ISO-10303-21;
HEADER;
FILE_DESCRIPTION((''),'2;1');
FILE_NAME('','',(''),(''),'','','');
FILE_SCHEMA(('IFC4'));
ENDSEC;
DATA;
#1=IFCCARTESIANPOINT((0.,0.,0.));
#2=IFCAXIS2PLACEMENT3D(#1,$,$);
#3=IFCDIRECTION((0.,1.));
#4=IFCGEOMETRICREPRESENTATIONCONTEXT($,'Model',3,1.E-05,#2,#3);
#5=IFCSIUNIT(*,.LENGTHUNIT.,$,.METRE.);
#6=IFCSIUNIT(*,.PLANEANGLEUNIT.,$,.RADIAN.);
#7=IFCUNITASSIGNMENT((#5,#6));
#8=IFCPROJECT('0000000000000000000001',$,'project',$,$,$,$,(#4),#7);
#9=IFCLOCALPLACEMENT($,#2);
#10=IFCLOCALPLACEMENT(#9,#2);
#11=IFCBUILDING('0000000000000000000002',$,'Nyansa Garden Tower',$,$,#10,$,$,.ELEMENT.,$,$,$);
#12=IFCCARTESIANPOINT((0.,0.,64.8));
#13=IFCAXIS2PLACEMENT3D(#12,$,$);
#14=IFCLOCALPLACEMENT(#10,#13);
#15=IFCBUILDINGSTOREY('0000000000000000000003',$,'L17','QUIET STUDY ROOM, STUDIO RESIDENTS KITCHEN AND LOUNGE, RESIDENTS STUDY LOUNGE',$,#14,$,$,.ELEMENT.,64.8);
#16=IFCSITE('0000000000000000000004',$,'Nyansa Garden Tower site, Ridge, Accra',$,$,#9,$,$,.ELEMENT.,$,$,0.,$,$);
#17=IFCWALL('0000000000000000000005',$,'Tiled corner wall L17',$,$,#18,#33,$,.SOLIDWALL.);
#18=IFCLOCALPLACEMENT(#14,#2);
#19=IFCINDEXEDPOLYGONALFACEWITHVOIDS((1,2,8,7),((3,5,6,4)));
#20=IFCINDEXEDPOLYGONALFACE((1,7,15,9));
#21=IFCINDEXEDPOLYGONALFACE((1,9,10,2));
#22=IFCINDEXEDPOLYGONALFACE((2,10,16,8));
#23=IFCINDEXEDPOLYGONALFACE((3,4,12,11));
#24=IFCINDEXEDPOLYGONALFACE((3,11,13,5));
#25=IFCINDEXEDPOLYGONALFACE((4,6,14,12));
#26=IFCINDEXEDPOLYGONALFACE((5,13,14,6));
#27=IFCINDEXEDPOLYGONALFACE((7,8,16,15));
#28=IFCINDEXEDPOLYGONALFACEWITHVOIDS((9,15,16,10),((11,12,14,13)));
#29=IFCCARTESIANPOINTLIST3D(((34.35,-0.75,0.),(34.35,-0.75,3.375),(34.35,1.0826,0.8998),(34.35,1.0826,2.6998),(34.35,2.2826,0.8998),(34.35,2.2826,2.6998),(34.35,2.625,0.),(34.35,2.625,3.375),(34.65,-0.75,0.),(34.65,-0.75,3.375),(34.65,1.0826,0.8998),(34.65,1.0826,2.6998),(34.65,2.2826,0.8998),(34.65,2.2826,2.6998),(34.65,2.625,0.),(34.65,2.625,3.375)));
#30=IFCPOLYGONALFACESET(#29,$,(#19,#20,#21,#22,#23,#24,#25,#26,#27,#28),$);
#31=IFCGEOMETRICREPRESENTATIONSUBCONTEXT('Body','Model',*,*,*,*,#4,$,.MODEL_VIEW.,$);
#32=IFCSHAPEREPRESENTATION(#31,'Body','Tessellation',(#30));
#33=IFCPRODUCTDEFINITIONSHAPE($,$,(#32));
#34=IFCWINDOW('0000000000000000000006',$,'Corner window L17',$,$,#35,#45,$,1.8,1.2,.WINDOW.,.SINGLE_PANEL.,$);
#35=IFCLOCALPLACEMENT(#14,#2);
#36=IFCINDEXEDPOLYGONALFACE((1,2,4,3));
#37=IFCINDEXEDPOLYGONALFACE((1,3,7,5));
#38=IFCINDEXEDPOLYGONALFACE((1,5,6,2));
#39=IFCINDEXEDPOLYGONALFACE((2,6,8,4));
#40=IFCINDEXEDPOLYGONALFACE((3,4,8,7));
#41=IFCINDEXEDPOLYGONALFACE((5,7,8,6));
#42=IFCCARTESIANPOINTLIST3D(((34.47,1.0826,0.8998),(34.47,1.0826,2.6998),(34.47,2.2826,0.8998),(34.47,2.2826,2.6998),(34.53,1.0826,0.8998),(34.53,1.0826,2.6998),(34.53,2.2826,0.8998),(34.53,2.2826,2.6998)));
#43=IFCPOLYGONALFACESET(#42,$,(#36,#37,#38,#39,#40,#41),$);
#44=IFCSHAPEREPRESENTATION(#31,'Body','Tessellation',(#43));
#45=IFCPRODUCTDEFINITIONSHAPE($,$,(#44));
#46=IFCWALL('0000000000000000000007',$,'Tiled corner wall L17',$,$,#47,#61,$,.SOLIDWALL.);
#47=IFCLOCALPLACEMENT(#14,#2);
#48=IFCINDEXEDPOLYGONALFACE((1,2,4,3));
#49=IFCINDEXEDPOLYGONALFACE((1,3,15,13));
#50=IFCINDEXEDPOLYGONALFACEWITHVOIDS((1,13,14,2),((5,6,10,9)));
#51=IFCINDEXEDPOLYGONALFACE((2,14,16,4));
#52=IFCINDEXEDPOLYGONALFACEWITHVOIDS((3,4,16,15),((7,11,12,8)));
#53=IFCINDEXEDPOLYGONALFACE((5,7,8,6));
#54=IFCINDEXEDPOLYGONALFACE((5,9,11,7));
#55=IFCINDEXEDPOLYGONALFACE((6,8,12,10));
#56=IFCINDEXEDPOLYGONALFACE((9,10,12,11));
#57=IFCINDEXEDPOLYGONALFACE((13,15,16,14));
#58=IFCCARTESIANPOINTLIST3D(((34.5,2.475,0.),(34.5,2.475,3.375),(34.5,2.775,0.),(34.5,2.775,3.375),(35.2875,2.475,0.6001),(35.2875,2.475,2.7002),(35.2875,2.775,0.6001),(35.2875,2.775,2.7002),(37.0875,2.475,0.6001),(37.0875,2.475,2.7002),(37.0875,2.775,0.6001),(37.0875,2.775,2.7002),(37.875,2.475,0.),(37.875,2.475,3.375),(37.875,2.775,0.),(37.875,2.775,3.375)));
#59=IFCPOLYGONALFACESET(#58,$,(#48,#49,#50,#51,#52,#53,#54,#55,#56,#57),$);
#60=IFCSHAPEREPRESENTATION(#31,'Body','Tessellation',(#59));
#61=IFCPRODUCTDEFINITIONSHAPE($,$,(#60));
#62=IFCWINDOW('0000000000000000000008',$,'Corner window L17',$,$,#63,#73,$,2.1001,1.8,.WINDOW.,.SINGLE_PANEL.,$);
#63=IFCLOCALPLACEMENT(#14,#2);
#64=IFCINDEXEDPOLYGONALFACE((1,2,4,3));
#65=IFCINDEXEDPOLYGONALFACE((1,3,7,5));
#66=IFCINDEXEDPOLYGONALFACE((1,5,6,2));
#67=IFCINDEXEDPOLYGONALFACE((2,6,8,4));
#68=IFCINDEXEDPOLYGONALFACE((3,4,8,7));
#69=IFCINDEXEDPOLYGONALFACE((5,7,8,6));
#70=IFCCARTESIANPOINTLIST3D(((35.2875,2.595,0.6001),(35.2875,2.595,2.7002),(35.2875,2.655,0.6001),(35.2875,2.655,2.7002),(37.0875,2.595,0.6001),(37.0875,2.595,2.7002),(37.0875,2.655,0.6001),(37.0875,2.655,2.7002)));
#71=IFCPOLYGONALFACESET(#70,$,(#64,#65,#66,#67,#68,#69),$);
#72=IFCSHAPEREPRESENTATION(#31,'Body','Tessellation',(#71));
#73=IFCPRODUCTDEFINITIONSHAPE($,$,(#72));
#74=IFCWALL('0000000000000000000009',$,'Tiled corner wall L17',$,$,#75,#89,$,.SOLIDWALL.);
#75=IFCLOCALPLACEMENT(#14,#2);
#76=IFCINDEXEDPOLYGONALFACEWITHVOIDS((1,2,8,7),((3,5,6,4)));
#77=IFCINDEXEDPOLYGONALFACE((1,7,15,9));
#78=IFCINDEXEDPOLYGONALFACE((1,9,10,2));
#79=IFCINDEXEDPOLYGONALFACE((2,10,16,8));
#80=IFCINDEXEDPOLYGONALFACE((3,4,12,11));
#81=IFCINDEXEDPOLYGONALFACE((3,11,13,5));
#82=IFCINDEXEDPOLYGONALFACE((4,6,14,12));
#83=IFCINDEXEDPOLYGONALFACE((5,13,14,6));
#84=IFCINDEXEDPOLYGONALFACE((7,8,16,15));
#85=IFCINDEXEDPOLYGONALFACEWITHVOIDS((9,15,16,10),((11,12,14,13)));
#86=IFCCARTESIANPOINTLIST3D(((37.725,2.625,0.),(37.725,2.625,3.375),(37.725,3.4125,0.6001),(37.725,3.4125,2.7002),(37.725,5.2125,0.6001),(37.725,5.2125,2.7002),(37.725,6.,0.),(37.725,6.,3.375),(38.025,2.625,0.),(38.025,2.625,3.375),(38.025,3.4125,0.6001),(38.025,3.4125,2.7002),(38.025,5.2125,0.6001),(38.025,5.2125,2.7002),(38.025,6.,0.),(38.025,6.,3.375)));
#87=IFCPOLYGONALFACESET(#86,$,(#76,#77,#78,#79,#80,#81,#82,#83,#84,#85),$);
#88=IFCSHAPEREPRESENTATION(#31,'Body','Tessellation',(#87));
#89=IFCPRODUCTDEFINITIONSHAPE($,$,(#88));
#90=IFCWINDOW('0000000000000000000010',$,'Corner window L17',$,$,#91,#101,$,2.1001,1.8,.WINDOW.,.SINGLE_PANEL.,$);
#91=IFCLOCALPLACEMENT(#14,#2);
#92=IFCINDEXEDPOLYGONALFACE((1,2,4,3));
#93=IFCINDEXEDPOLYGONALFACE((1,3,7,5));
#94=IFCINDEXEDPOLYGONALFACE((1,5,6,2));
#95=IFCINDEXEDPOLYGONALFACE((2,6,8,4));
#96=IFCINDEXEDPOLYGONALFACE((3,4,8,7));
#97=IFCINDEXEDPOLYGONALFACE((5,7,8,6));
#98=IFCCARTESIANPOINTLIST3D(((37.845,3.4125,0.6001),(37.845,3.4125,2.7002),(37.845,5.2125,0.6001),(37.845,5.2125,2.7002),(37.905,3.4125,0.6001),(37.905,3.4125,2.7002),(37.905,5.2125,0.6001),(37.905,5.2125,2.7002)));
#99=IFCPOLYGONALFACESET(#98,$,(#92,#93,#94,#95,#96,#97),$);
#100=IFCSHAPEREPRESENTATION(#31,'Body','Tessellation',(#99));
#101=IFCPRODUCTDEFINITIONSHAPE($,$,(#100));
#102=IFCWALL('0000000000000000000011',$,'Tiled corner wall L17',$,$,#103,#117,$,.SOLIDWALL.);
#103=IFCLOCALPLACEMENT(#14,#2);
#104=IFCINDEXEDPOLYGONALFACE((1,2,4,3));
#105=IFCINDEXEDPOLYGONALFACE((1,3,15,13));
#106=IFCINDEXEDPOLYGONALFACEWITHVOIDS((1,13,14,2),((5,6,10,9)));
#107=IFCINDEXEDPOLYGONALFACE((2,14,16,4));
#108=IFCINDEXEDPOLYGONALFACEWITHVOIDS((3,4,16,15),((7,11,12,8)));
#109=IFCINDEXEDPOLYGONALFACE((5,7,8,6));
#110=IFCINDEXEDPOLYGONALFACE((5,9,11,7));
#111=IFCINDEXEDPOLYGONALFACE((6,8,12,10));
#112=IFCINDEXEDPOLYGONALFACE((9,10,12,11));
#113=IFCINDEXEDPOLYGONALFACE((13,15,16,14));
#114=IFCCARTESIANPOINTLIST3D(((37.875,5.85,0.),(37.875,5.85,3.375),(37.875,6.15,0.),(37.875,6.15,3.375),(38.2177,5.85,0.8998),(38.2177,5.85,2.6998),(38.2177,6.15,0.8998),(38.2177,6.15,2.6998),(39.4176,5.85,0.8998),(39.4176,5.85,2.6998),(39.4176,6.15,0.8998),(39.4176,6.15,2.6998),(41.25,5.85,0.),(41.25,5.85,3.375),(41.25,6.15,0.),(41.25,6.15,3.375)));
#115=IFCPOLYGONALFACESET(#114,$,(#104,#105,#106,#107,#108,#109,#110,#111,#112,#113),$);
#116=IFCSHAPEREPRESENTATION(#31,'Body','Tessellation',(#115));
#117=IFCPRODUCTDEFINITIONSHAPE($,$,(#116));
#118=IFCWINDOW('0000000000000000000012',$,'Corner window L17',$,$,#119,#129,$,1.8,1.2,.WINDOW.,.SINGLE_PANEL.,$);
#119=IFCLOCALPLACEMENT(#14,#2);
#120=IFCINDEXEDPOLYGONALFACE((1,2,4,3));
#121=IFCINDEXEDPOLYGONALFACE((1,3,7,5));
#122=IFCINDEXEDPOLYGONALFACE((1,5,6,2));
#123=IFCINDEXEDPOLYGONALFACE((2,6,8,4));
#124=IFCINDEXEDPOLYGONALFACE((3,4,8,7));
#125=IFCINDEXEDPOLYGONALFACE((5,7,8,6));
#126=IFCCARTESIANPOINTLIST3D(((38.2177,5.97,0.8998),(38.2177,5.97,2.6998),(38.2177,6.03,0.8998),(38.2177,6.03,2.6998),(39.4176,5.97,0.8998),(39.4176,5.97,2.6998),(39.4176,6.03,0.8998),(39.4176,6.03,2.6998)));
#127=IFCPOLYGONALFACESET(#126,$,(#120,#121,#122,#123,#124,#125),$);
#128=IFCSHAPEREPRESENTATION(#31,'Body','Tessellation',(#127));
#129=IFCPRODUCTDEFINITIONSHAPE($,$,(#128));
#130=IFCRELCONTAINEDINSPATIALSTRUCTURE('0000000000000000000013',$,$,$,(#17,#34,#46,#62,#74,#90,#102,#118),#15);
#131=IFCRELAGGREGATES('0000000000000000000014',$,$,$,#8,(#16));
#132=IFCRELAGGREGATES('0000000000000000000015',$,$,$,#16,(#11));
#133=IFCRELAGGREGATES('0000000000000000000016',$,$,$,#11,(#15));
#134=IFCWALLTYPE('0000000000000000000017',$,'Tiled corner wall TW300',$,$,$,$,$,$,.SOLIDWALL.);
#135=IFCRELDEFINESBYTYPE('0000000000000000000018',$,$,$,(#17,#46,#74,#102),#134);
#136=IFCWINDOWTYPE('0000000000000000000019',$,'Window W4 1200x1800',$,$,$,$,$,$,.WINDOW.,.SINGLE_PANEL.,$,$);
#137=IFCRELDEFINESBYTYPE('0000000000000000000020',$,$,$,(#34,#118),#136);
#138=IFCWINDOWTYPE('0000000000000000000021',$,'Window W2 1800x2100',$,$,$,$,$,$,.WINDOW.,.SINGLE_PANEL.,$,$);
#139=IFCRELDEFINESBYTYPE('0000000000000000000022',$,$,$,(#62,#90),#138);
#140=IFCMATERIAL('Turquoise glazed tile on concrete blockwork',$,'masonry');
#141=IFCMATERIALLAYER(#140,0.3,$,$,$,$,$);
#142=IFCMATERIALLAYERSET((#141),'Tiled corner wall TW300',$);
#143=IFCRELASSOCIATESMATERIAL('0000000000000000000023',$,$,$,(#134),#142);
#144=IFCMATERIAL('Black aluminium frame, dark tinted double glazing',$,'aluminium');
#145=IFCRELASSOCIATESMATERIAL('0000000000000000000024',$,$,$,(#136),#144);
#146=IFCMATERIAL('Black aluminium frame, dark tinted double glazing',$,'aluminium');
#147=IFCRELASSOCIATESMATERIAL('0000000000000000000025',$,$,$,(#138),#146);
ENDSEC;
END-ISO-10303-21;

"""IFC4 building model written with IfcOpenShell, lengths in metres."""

from ifc_helpers import new_model, si_unit, direction, frame, frame_2d, origin, place, context, subcontext, project, spatial, rectangle, extrude, material, layer, layer_set, type_object, element, fill, save


model = new_model("IFC4")

# Units and contexts
model_context = context("Model", 3, precision=1e-05, world=origin(), true_north=direction((0.0, 1.0)))
body_context = subcontext(model_context, "Body", "Model", "MODEL_VIEW")
ifc_project = project(units=[si_unit("LENGTHUNIT", "METRE"), si_unit("PLANEANGLEUNIT", "RADIAN")], contexts=[model_context])

# Site, building, storey
site_placement = place(None, origin())
site = spatial("IfcSite", under=ifc_project, at=site_placement, Name="Nyansa Garden Tower site, Ridge, Accra", CompositionType="ELEMENT", RefElevation=0.0)
building_placement = place(site_placement, origin())
building = spatial("IfcBuilding", under=site, at=building_placement, Name="Nyansa Garden Tower", CompositionType="ELEMENT")
storey_placement = place(building_placement, frame((0.0, 0.0, 64.8)))
storey = spatial("IfcBuildingStorey", under=building, at=storey_placement, Name="L17", Description="QUIET STUDY ROOM, STUDIO RESIDENTS KITCHEN AND LOUNGE, RESIDENTS STUDY LOUNGE", CompositionType="ELEMENT", Elevation=64.8)

# Walls, openings, windows
ifc_material_1 = material(Name="Turquoise glazed tile on concrete blockwork", Category="masonry")
ifc_layer_1 = layer(ifc_material_1, 0.3)
ifc_layer_set_1 = layer_set([ifc_layer_1], Name="Tiled corner wall TW300")
wall_type_1 = type_object("IfcWallType", Name="Tiled corner wall TW300", PredefinedType="SOLIDWALL", material=ifc_layer_set_1)
wall_1_placement = place(storey_placement, frame((34.5, -0.75, 0.0), z_axis=(0.0, 0.0, 1.0), x_axis=(0.0, 1.0, 0.0)))
wall_1 = element("IfcWall", 1, at=wall_1_placement, inside=storey, type_object=wall_type_1, Name="Tiled corner wall L17", PredefinedType="SOLIDWALL", context=body_context, shape_type="SweptSolid", body=[
    extrude(rectangle(XDim=3.375, YDim=0.3, at=frame_2d((1.6875, 0.0))), origin(), (0.0, 0.0, 1.0), 3.375),
])
opening_1_placement = place(wall_1_placement, frame((1.8325, 0.0, 0.8999)))
opening_1 = element("IfcOpeningElement", 2, at=opening_1_placement, cuts=wall_1, PredefinedType="OPENING", context=body_context, shape_type="SweptSolid", body=[
    extrude(rectangle(XDim=1.2, YDim=1.8, at=frame_2d((0.6001, 0.8999))), frame((0.0, 0.1599, 0.0), z_axis=(0.0, -1.0, 0.0), x_axis=(1.0, 0.0, 0.0)), (0.0, 0.0, 1.0), 0.3201),
])
ifc_material_2 = material(Name="Black aluminium frame, dark tinted double glazing", Category="aluminium")
window_type_1 = type_object("IfcWindowType", Name="Window W4 1200x1800", PartitioningType="SINGLE_PANEL", PredefinedType="WINDOW", material=ifc_material_2)
window_1_placement = place(opening_1_placement, origin())
window_1 = element("IfcWindow", 3, at=window_1_placement, inside=storey, type_object=window_type_1, Name="Corner window L17", OverallHeight=1.8, OverallWidth=1.2, PartitioningType="SINGLE_PANEL", PredefinedType="WINDOW", context=body_context, shape_type="SweptSolid", body=[
    extrude(rectangle(XDim=1.2, YDim=1.8, at=frame_2d((0.6001, 0.8999))), frame((0.0, 0.03, 0.0), z_axis=(0.0, -1.0, 0.0), x_axis=(1.0, 0.0, 0.0)), (0.0, 0.0, 1.0), 0.0601),
])
fill(opening_1, window_1)
wall_2_placement = place(storey_placement, frame((34.5, 2.625, 0.0), z_axis=(0.0, 0.0, 1.0), x_axis=(1.0, 0.0, 0.0)))
wall_2 = element("IfcWall", 4, at=wall_2_placement, inside=storey, type_object=wall_type_1, Name="Tiled corner wall L17", PredefinedType="SOLIDWALL", context=body_context, shape_type="SweptSolid", body=[
    extrude(rectangle(XDim=3.375, YDim=0.3, at=frame_2d((1.6875, 0.0))), origin(), (0.0, 0.0, 1.0), 3.375),
])
opening_2_placement = place(wall_2_placement, frame((0.7876, 0.0, 0.6001)))
opening_2 = element("IfcOpeningElement", 5, at=opening_2_placement, cuts=wall_2, PredefinedType="OPENING", context=body_context, shape_type="SweptSolid", body=[
    extrude(rectangle(XDim=1.8, YDim=2.1001, at=frame_2d((0.8999, 1.05))), frame((0.0, 0.1599, 0.0), z_axis=(0.0, -1.0, 0.0), x_axis=(1.0, 0.0, 0.0)), (0.0, 0.0, 1.0), 0.3201),
])
ifc_material_3 = material(Name="Black aluminium frame, dark tinted double glazing", Category="aluminium")
window_type_2 = type_object("IfcWindowType", Name="Window W2 1800x2100", PartitioningType="SINGLE_PANEL", PredefinedType="WINDOW", material=ifc_material_3)
window_2_placement = place(opening_2_placement, origin())
window_2 = element("IfcWindow", 6, at=window_2_placement, inside=storey, type_object=window_type_2, Name="Corner window L17", OverallHeight=2.1001, OverallWidth=1.8, PartitioningType="SINGLE_PANEL", PredefinedType="WINDOW", context=body_context, shape_type="SweptSolid", body=[
    extrude(rectangle(XDim=1.8, YDim=2.1001, at=frame_2d((0.8999, 1.05))), frame((0.0, 0.03, 0.0), z_axis=(0.0, -1.0, 0.0), x_axis=(1.0, 0.0, 0.0)), (0.0, 0.0, 1.0), 0.0601),
])
fill(opening_2, window_2)
wall_3_placement = place(storey_placement, frame((37.875, 2.625, 0.0), z_axis=(0.0, 0.0, 1.0), x_axis=(0.0, 1.0, 0.0)))
wall_3 = element("IfcWall", 7, at=wall_3_placement, inside=storey, type_object=wall_type_1, Name="Tiled corner wall L17", PredefinedType="SOLIDWALL", context=body_context, shape_type="SweptSolid", body=[
    extrude(rectangle(XDim=3.375, YDim=0.3, at=frame_2d((1.6875, 0.0))), origin(), (0.0, 0.0, 1.0), 3.375),
])
opening_3_placement = place(wall_3_placement, frame((0.7876, 0.0, 0.6001)))
opening_3 = element("IfcOpeningElement", 8, at=opening_3_placement, cuts=wall_3, PredefinedType="OPENING", context=body_context, shape_type="SweptSolid", body=[
    extrude(rectangle(XDim=1.8, YDim=2.1001, at=frame_2d((0.8999, 1.05))), frame((0.0, 0.1599, 0.0), z_axis=(0.0, -1.0, 0.0), x_axis=(1.0, 0.0, 0.0)), (0.0, 0.0, 1.0), 0.3201),
])
window_3_placement = place(opening_3_placement, origin())
window_3 = element("IfcWindow", 9, at=window_3_placement, inside=storey, type_object=window_type_2, Name="Corner window L17", OverallHeight=2.1001, OverallWidth=1.8, PartitioningType="SINGLE_PANEL", PredefinedType="WINDOW", context=body_context, shape_type="SweptSolid", body=[
    extrude(rectangle(XDim=1.8, YDim=2.1001, at=frame_2d((0.8999, 1.05))), frame((0.0, 0.03, 0.0), z_axis=(0.0, -1.0, 0.0), x_axis=(1.0, 0.0, 0.0)), (0.0, 0.0, 1.0), 0.0601),
])
fill(opening_3, window_3)
wall_4_placement = place(storey_placement, frame((37.875, 6.0, 0.0), z_axis=(0.0, 0.0, 1.0), x_axis=(1.0, 0.0, 0.0)))
wall_4 = element("IfcWall", 10, at=wall_4_placement, inside=storey, type_object=wall_type_1, Name="Tiled corner wall L17", PredefinedType="SOLIDWALL", context=body_context, shape_type="SweptSolid", body=[
    extrude(rectangle(XDim=3.375, YDim=0.3, at=frame_2d((1.6875, 0.0))), origin(), (0.0, 0.0, 1.0), 3.375),
])
opening_4_placement = place(wall_4_placement, frame((0.3425, 0.0, 0.8999)))
opening_4 = element("IfcOpeningElement", 11, at=opening_4_placement, cuts=wall_4, PredefinedType="OPENING", context=body_context, shape_type="SweptSolid", body=[
    extrude(rectangle(XDim=1.2, YDim=1.8, at=frame_2d((0.6001, 0.8999))), frame((0.0, 0.1599, 0.0), z_axis=(0.0, -1.0, 0.0), x_axis=(1.0, 0.0, 0.0)), (0.0, 0.0, 1.0), 0.3201),
])
window_4_placement = place(opening_4_placement, origin())
window_4 = element("IfcWindow", 12, at=window_4_placement, inside=storey, type_object=window_type_1, Name="Corner window L17", OverallHeight=1.8, OverallWidth=1.2, PartitioningType="SINGLE_PANEL", PredefinedType="WINDOW", context=body_context, shape_type="SweptSolid", body=[
    extrude(rectangle(XDim=1.2, YDim=1.8, at=frame_2d((0.6001, 0.8999))), frame((0.0, 0.03, 0.0), z_axis=(0.0, -1.0, 0.0), x_axis=(1.0, 0.0, 0.0)), (0.0, 0.0, 1.0), 0.0601),
])
fill(opening_4, window_4)

save(model, "model.ifc")
